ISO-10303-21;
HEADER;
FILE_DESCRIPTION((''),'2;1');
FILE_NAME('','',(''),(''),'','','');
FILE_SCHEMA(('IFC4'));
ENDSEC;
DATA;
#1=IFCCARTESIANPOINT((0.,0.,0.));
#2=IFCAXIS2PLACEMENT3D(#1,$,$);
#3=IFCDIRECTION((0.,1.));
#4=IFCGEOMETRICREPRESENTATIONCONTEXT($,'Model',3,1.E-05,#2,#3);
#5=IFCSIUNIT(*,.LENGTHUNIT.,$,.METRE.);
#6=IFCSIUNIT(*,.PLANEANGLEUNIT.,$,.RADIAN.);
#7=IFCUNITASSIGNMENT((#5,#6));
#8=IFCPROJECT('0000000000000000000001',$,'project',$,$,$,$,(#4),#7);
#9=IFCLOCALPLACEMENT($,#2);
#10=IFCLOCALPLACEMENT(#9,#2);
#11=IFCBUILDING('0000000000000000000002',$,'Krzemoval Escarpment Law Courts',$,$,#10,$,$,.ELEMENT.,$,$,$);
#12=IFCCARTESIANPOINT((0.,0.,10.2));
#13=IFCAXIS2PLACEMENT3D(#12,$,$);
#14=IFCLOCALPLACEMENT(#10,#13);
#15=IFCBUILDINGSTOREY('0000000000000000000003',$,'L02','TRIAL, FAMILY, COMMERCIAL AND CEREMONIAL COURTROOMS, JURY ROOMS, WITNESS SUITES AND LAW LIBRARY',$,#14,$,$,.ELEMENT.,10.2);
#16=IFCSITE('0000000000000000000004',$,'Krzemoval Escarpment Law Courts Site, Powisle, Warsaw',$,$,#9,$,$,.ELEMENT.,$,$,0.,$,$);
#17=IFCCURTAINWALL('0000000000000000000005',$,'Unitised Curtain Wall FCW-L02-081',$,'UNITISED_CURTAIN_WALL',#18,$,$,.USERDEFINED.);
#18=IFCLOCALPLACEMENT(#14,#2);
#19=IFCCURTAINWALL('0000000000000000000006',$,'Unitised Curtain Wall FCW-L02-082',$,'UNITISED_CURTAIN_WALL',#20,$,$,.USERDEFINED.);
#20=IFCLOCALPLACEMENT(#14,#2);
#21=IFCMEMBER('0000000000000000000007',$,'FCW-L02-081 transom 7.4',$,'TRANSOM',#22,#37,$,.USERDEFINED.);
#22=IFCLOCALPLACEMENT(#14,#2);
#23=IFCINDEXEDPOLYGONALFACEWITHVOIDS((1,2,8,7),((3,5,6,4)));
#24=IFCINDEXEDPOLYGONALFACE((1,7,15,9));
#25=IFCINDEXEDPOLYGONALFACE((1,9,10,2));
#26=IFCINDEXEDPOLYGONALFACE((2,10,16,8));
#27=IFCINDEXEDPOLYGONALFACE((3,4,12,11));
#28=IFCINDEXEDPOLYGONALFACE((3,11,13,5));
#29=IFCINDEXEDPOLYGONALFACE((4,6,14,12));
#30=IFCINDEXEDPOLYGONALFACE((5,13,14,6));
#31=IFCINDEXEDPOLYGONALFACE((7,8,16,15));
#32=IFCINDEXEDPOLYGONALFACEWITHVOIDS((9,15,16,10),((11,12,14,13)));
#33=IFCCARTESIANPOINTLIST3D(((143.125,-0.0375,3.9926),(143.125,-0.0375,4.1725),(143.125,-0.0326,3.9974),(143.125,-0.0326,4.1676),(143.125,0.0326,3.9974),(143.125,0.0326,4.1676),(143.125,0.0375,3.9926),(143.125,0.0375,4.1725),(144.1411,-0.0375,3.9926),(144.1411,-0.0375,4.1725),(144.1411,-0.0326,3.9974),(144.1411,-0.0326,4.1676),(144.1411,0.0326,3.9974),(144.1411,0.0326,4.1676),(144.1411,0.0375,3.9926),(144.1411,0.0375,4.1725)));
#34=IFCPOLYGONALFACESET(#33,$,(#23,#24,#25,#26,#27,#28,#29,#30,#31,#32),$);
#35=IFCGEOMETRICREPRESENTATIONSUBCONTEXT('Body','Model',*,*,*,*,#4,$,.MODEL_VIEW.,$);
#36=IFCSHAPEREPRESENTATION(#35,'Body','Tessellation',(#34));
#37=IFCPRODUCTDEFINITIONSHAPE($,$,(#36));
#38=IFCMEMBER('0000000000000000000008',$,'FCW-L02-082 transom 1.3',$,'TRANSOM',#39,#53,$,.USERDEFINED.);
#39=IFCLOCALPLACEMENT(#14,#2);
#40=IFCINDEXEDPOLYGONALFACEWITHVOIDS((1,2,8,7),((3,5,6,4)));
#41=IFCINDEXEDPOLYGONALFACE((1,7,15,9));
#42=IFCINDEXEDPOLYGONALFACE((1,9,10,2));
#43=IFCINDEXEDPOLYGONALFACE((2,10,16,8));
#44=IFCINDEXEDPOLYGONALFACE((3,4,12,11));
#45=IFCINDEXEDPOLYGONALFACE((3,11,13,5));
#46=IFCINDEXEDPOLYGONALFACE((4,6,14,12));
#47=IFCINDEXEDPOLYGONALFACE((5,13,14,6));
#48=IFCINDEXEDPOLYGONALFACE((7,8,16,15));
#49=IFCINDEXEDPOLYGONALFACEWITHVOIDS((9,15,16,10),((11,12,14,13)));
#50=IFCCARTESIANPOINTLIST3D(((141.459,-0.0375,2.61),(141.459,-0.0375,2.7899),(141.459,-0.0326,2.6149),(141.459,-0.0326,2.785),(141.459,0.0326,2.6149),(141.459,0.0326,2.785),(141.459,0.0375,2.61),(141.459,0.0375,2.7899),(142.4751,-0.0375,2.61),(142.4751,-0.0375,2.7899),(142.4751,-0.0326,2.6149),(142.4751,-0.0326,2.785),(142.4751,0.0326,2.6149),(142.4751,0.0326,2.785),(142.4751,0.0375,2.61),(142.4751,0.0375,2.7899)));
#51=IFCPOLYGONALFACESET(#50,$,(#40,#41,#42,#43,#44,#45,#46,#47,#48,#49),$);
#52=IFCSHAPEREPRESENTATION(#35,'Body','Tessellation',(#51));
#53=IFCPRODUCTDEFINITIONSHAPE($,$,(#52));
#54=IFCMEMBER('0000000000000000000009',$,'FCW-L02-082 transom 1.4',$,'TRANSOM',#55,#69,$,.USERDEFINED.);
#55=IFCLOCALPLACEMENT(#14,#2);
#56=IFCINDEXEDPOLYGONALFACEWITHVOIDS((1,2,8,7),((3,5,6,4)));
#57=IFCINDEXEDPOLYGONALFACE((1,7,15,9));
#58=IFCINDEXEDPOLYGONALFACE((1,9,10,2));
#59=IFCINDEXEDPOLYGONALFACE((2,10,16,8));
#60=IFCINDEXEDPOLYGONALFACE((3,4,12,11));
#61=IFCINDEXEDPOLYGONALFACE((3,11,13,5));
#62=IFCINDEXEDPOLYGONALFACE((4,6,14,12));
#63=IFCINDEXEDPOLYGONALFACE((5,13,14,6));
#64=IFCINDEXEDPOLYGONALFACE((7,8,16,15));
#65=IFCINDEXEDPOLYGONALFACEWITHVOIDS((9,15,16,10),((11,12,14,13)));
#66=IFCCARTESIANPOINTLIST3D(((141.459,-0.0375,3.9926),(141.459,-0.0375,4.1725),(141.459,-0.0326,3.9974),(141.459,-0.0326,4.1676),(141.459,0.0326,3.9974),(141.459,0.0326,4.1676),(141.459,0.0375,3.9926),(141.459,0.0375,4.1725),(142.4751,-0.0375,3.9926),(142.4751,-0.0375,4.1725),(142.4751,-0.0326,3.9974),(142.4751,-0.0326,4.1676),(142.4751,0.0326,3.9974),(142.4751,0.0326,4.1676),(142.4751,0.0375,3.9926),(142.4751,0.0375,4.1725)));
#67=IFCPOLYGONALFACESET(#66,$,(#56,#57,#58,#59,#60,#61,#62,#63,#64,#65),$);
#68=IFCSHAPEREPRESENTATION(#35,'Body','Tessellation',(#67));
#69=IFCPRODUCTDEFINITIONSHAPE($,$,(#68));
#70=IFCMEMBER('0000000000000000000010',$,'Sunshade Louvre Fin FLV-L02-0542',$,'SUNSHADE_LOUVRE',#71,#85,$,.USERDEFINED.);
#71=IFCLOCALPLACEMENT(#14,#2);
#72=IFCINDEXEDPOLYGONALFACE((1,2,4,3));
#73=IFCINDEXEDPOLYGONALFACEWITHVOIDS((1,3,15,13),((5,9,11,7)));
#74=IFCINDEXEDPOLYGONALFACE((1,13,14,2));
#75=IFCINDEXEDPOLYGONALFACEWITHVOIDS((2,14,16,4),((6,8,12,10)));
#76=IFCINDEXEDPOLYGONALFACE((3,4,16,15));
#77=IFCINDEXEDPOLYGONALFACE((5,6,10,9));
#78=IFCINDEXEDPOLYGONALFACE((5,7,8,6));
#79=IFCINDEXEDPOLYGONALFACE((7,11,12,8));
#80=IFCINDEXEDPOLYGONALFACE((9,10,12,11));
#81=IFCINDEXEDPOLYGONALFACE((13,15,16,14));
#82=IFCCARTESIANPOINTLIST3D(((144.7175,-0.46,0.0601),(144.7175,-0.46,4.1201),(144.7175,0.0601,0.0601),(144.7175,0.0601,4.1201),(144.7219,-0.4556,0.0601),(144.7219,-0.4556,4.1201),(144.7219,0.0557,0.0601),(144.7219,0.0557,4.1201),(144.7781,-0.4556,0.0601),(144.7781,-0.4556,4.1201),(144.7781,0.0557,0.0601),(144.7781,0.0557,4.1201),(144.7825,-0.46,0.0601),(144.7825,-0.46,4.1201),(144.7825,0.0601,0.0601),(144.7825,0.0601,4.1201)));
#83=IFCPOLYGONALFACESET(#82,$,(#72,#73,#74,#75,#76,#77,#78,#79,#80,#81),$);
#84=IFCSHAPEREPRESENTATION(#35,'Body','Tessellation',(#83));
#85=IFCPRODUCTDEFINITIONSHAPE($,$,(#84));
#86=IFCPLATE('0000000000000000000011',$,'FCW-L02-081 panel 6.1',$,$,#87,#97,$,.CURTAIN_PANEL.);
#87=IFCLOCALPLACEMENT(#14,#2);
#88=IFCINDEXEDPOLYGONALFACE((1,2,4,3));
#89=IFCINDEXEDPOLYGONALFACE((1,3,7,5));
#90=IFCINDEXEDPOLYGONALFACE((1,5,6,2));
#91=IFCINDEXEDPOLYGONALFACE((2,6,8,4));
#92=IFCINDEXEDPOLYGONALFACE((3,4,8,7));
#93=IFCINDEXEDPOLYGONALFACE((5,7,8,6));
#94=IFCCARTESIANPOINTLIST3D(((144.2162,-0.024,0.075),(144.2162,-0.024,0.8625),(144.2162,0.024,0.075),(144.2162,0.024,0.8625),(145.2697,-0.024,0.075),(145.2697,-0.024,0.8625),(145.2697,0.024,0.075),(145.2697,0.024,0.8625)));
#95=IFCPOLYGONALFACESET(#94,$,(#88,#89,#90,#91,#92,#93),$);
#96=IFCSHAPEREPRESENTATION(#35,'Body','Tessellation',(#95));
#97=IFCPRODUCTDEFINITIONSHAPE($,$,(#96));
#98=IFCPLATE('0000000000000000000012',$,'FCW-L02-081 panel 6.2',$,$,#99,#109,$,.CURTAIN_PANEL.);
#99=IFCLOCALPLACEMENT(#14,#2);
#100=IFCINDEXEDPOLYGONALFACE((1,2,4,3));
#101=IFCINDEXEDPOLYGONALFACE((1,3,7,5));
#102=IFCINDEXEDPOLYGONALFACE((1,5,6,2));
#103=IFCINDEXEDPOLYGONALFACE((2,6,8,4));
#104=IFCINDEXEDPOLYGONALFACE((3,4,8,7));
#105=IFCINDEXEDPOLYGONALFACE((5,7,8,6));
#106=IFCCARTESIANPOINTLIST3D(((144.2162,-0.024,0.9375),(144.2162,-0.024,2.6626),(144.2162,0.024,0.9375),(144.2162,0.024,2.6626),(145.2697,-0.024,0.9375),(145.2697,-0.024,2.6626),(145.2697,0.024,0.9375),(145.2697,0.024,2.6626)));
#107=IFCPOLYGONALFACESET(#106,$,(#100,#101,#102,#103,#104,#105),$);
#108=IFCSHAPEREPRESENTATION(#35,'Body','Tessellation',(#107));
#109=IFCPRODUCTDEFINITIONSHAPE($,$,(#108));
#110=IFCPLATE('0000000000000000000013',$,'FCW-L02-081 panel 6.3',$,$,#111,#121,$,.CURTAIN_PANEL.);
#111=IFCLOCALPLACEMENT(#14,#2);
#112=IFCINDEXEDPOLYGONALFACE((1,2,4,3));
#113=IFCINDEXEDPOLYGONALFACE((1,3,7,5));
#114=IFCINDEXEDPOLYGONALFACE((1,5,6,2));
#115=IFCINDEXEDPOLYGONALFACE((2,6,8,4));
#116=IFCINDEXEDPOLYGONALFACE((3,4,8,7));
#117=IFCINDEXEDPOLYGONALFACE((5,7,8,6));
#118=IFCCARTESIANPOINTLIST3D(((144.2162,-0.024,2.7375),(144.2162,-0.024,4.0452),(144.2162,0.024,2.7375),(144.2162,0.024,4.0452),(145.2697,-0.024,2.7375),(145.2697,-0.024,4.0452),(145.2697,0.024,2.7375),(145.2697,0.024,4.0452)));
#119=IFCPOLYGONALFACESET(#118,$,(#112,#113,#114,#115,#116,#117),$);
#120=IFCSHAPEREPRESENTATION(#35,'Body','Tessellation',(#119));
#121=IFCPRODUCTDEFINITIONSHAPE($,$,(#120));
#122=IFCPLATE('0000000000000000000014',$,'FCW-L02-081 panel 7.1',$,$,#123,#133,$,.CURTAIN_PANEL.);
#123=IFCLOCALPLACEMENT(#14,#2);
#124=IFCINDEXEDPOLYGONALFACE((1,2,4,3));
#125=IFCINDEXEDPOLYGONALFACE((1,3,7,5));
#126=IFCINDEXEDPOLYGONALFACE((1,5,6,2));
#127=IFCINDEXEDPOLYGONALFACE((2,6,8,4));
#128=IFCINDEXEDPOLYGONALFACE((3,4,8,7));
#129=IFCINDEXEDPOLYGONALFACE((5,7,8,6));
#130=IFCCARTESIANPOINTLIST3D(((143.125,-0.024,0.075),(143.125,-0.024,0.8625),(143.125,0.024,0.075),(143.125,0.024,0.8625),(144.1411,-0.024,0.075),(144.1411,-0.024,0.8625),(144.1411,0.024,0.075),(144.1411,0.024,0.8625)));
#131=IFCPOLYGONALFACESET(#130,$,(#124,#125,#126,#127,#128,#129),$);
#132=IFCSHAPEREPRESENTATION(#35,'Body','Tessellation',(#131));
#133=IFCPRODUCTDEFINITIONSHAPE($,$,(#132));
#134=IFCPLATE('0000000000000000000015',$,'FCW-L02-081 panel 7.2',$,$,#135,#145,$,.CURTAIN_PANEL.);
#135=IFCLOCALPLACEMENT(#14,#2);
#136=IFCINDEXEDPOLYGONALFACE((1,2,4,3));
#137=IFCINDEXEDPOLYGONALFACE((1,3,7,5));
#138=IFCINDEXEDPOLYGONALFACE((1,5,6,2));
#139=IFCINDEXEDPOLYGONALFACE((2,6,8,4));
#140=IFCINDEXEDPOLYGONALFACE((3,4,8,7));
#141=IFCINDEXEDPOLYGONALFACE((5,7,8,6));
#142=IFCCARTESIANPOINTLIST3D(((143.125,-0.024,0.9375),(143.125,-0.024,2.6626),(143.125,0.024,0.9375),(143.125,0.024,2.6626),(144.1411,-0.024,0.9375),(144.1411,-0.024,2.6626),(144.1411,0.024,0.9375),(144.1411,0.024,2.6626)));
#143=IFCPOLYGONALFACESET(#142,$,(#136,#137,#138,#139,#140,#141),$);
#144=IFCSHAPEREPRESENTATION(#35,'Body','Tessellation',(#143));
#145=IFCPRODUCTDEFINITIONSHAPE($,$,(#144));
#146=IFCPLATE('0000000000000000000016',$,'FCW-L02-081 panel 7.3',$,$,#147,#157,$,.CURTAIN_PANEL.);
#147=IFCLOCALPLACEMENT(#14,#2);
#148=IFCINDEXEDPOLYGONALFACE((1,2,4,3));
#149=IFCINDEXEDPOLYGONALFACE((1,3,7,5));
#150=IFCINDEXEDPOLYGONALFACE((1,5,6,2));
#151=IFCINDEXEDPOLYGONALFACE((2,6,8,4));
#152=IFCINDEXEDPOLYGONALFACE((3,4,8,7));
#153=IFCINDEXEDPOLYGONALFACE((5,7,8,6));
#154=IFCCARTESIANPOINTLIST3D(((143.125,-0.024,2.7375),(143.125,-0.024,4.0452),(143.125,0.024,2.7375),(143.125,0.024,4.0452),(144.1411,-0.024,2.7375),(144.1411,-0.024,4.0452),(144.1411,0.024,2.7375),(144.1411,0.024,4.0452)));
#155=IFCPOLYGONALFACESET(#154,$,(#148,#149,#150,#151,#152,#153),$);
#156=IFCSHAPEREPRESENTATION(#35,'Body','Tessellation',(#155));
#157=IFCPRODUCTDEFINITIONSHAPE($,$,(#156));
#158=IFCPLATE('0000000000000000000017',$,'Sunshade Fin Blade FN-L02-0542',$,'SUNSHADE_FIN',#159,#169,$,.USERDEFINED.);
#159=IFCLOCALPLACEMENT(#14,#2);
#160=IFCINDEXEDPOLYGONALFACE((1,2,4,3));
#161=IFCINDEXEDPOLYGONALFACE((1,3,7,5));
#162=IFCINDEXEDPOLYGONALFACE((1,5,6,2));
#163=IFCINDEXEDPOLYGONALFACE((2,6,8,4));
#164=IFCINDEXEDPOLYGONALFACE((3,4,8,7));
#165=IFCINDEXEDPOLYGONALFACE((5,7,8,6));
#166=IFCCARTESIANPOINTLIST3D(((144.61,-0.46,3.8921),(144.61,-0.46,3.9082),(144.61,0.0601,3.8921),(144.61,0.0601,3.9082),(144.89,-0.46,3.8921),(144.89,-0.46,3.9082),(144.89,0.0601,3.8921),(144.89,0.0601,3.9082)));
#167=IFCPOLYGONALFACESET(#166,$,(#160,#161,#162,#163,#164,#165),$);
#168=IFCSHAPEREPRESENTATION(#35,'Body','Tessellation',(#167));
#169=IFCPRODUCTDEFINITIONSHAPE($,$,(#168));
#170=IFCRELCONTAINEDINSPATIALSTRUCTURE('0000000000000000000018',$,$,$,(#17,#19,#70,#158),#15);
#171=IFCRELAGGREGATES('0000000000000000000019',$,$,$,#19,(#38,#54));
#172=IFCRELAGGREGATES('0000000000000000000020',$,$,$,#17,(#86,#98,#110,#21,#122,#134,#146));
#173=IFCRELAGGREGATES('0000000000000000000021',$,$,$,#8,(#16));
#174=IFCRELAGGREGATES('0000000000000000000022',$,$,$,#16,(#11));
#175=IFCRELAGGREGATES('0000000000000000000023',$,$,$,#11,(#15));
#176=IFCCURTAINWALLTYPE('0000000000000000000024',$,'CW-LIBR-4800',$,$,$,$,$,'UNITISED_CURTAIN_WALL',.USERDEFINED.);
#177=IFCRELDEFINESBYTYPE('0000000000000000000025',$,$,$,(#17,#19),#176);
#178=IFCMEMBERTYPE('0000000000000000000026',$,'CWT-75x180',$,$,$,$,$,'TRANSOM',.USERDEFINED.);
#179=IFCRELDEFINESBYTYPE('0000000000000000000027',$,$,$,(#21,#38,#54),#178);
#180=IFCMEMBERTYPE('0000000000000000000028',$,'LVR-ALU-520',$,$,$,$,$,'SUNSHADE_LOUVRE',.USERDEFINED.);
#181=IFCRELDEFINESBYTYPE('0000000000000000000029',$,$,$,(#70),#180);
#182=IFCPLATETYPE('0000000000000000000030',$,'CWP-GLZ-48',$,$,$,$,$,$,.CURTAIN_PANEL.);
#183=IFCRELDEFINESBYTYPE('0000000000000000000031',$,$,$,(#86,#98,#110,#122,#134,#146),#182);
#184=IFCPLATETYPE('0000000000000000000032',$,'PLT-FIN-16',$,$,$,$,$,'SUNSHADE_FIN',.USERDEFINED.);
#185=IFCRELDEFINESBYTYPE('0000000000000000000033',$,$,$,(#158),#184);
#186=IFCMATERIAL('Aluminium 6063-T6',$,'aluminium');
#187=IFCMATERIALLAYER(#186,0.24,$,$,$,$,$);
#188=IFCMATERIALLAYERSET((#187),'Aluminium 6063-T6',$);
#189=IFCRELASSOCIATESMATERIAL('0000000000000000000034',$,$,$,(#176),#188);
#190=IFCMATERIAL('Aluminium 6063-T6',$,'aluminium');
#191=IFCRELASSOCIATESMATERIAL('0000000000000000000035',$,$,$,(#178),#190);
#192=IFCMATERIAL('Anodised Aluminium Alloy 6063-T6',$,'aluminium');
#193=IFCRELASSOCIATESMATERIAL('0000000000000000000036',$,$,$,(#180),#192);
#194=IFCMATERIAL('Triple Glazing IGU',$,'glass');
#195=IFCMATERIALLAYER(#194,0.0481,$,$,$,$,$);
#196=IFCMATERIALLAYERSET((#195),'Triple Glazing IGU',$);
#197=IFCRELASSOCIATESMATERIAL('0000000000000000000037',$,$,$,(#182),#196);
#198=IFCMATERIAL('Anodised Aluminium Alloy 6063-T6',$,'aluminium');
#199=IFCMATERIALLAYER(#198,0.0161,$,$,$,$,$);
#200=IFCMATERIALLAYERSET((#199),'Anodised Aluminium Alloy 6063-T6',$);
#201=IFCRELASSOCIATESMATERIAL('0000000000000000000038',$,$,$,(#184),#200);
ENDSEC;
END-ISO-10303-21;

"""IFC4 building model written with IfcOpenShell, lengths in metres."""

from ifc_helpers import new_model, si_unit, direction, frame, origin, origin_2d, place, context, subcontext, project, spatial, rectangle, hollow_rectangle, extrude, material, layer, layer_set, material_profile, profile_set, type_object, element, aggregate, save


model = new_model("IFC4")

# Units and contexts
model_context = context("Model", 3, precision=1e-05, world=origin(), true_north=direction((0.0, 1.0)))
body_context = subcontext(model_context, "Body", "Model", "MODEL_VIEW")
ifc_project = project(units=[si_unit("LENGTHUNIT", "METRE"), si_unit("PLANEANGLEUNIT", "RADIAN")], contexts=[model_context])

# Site, building, storey
site_placement = place(None, origin())
site = spatial("IfcSite", under=ifc_project, at=site_placement, Name="Krzemoval Escarpment Law Courts Site, Powisle, Warsaw", CompositionType="ELEMENT", RefElevation=0.0)
building_placement = place(site_placement, origin())
building = spatial("IfcBuilding", under=site, at=building_placement, Name="Krzemoval Escarpment Law Courts", CompositionType="ELEMENT")
storey_placement = place(building_placement, frame((0.0, 0.0, 10.2)))
storey = spatial("IfcBuildingStorey", under=building, at=storey_placement, Name="L02", Description="TRIAL, FAMILY, COMMERCIAL AND CEREMONIAL COURTROOMS, JURY ROOMS, WITNESS SUITES AND LAW LIBRARY", CompositionType="ELEMENT", Elevation=10.2)

# Curtain wall
ifc_material_1 = material(Name="Aluminium 6063-T6", Category="aluminium")
ifc_layer_1 = layer(ifc_material_1, 0.24)
ifc_layer_set_1 = layer_set([ifc_layer_1], Name="Aluminium 6063-T6")
curtain_wall_type = type_object("IfcCurtainWallType", Name="CW-LIBR-4800", ElementType="UNITISED_CURTAIN_WALL", PredefinedType="USERDEFINED", material=ifc_layer_set_1)
curtain_wall_1_placement = place(storey_placement, origin())
curtain_wall_1 = element("IfcCurtainWall", 1, at=curtain_wall_1_placement, inside=storey, type_object=curtain_wall_type, Name="Unitised Curtain Wall FCW-L02-081", ObjectType="UNITISED_CURTAIN_WALL", PredefinedType="USERDEFINED")

# Curtain wall
curtain_wall_2_placement = place(storey_placement, origin())
curtain_wall_2 = element("IfcCurtainWall", 2, at=curtain_wall_2_placement, inside=storey, type_object=curtain_wall_type, Name="Unitised Curtain Wall FCW-L02-082", ObjectType="UNITISED_CURTAIN_WALL", PredefinedType="USERDEFINED")

# Members
ifc_material_2 = material(Name="Aluminium 6063-T6", Category="aluminium")
ifc_material_profile_1 = material_profile(ifc_material_2, hollow_rectangle(XDim=0.075, YDim=0.1799, WallThickness=0.0049, at=origin_2d()), Name="ALU T75x180")
ifc_profile_set_1 = profile_set([ifc_material_profile_1], Name="Aluminium 6063-T6")
member_type_1 = type_object("IfcMemberType", Name="CWT-75x180", ElementType="TRANSOM", PredefinedType="USERDEFINED", material=ifc_profile_set_1)
member_1_placement = place(storey_placement, frame((144.1411, 0.0, 4.0825), z_axis=(-1.0, 0.0, 0.0), x_axis=(0.0, -1.0, 0.0)))
member_1 = element("IfcMember", 3, at=member_1_placement, type_object=member_type_1, Name="FCW-L02-081 transom 7.4", ObjectType="TRANSOM", PredefinedType="USERDEFINED", context=body_context, shape_type="SweptSolid", body=[
    extrude(hollow_rectangle(XDim=0.075, YDim=0.1799, WallThickness=0.0049, at=origin_2d()), origin(), (0.0, 0.0, 1.0), 1.0161),
])
member_2_placement = place(storey_placement, frame((142.4751, 0.0, 2.7), z_axis=(-1.0, 0.0, 0.0), x_axis=(0.0, -1.0, 0.0)))
member_2 = element("IfcMember", 4, at=member_2_placement, type_object=member_type_1, Name="FCW-L02-082 transom 1.3", ObjectType="TRANSOM", PredefinedType="USERDEFINED", context=body_context, shape_type="SweptSolid", body=[
    extrude(hollow_rectangle(XDim=0.075, YDim=0.1799, WallThickness=0.0049, at=origin_2d()), origin(), (0.0, 0.0, 1.0), 1.0161),
])
member_3_placement = place(storey_placement, frame((142.4751, 0.0, 4.0825), z_axis=(-1.0, 0.0, 0.0), x_axis=(0.0, -1.0, 0.0)))
member_3 = element("IfcMember", 5, at=member_3_placement, type_object=member_type_1, Name="FCW-L02-082 transom 1.4", ObjectType="TRANSOM", PredefinedType="USERDEFINED", context=body_context, shape_type="SweptSolid", body=[
    extrude(hollow_rectangle(XDim=0.075, YDim=0.1799, WallThickness=0.0049, at=origin_2d()), origin(), (0.0, 0.0, 1.0), 1.0161),
])
aggregate(curtain_wall_2, [member_2, member_3])
ifc_material_3 = material(Name="Anodised Aluminium Alloy 6063-T6", Category="aluminium")
ifc_material_profile_2 = material_profile(ifc_material_3, hollow_rectangle(XDim=0.0649, YDim=0.52, WallThickness=0.0044, at=origin_2d()), Name="ALU LVR 65x520")
ifc_profile_set_2 = profile_set([ifc_material_profile_2], Name="Anodised Aluminium Alloy 6063-T6")
member_type_2 = type_object("IfcMemberType", Name="LVR-ALU-520", ElementType="SUNSHADE_LOUVRE", PredefinedType="USERDEFINED", material=ifc_profile_set_2)
member_4_placement = place(storey_placement, frame((144.75, -0.2, 0.0601), z_axis=(0.0, 0.0, 1.0), x_axis=(1.0, 0.0, 0.0)))
element("IfcMember", 6, at=member_4_placement, inside=storey, type_object=member_type_2, Name="Sunshade Louvre Fin FLV-L02-0542", ObjectType="SUNSHADE_LOUVRE", PredefinedType="USERDEFINED", context=body_context, shape_type="SweptSolid", body=[
    extrude(hollow_rectangle(XDim=0.0649, YDim=0.52, WallThickness=0.0044, at=origin_2d()), origin(), (0.0, 0.0, 1.0), 4.0601),
])

# Plates
ifc_material_4 = material(Name="Triple Glazing IGU", Category="glass")
ifc_layer_2 = layer(ifc_material_4, 0.0481)
ifc_layer_set_2 = layer_set([ifc_layer_2], Name="Triple Glazing IGU")
plate_type_1 = type_object("IfcPlateType", Name="CWP-GLZ-48", PredefinedType="CURTAIN_PANEL", material=ifc_layer_set_2)
plate_1_placement = place(storey_placement, frame((144.7429, 0.0, 0.075), z_axis=(0.0, 0.0, 1.0), x_axis=(-1.0, 0.0, 0.0)))
plate_1 = element("IfcPlate", 7, at=plate_1_placement, type_object=plate_type_1, Name="FCW-L02-081 panel 6.1", PredefinedType="CURTAIN_PANEL", context=body_context, shape_type="SweptSolid", body=[
    extrude(rectangle(XDim=1.0535, YDim=0.0481, at=origin_2d()), origin(), (0.0, 0.0, 1.0), 0.7876),
])
plate_2_placement = place(storey_placement, frame((144.7429, 0.0, 0.9375), z_axis=(0.0, 0.0, 1.0), x_axis=(-1.0, 0.0, 0.0)))
plate_2 = element("IfcPlate", 8, at=plate_2_placement, type_object=plate_type_1, Name="FCW-L02-081 panel 6.2", PredefinedType="CURTAIN_PANEL", context=body_context, shape_type="SweptSolid", body=[
    extrude(rectangle(XDim=1.0535, YDim=0.0481, at=origin_2d()), origin(), (0.0, 0.0, 1.0), 1.7251),
])
plate_3_placement = place(storey_placement, frame((144.7429, 0.0, 2.7375), z_axis=(0.0, 0.0, 1.0), x_axis=(-1.0, 0.0, 0.0)))
plate_3 = element("IfcPlate", 9, at=plate_3_placement, type_object=plate_type_1, Name="FCW-L02-081 panel 6.3", PredefinedType="CURTAIN_PANEL", context=body_context, shape_type="SweptSolid", body=[
    extrude(rectangle(XDim=1.0535, YDim=0.0481, at=origin_2d()), origin(), (0.0, 0.0, 1.0), 1.3076),
])
plate_4_placement = place(storey_placement, frame((143.6331, 0.0, 0.075), z_axis=(0.0, 0.0, 1.0), x_axis=(-1.0, 0.0, 0.0)))
plate_4 = element("IfcPlate", 10, at=plate_4_placement, type_object=plate_type_1, Name="FCW-L02-081 panel 7.1", PredefinedType="CURTAIN_PANEL", context=body_context, shape_type="SweptSolid", body=[
    extrude(rectangle(XDim=1.0161, YDim=0.0481, at=origin_2d()), origin(), (0.0, 0.0, 1.0), 0.7876),
])
plate_5_placement = place(storey_placement, frame((143.6331, 0.0, 0.9375), z_axis=(0.0, 0.0, 1.0), x_axis=(-1.0, 0.0, 0.0)))
plate_5 = element("IfcPlate", 11, at=plate_5_placement, type_object=plate_type_1, Name="FCW-L02-081 panel 7.2", PredefinedType="CURTAIN_PANEL", context=body_context, shape_type="SweptSolid", body=[
    extrude(rectangle(XDim=1.0161, YDim=0.0481, at=origin_2d()), origin(), (0.0, 0.0, 1.0), 1.7251),
])
plate_6_placement = place(storey_placement, frame((143.6331, 0.0, 2.7375), z_axis=(0.0, 0.0, 1.0), x_axis=(-1.0, 0.0, 0.0)))
plate_6 = element("IfcPlate", 12, at=plate_6_placement, type_object=plate_type_1, Name="FCW-L02-081 panel 7.3", PredefinedType="CURTAIN_PANEL", context=body_context, shape_type="SweptSolid", body=[
    extrude(rectangle(XDim=1.0161, YDim=0.0481, at=origin_2d()), origin(), (0.0, 0.0, 1.0), 1.3076),
])
aggregate(curtain_wall_1, [plate_1, plate_2, plate_3, member_1, plate_4, plate_5, plate_6])
ifc_material_5 = material(Name="Anodised Aluminium Alloy 6063-T6", Category="aluminium")
ifc_layer_3 = layer(ifc_material_5, 0.0161)
ifc_layer_set_3 = layer_set([ifc_layer_3], Name="Anodised Aluminium Alloy 6063-T6")
plate_type_2 = type_object("IfcPlateType", Name="PLT-FIN-16", ElementType="SUNSHADE_FIN", PredefinedType="USERDEFINED", material=ifc_layer_set_3)
plate_7_placement = place(storey_placement, frame((144.75, -0.2, 3.8921), z_axis=(0.0, 0.0, 1.0), x_axis=(0.0, -1.0, 0.0)))
element("IfcPlate", 13, at=plate_7_placement, inside=storey, type_object=plate_type_2, Name="Sunshade Fin Blade FN-L02-0542", ObjectType="SUNSHADE_FIN", PredefinedType="USERDEFINED", context=body_context, shape_type="SweptSolid", body=[
    extrude(rectangle(XDim=0.52, YDim=0.28, at=origin_2d()), origin(), (0.0, 0.0, 1.0), 0.0161),
])

save(model, "model.ifc")
